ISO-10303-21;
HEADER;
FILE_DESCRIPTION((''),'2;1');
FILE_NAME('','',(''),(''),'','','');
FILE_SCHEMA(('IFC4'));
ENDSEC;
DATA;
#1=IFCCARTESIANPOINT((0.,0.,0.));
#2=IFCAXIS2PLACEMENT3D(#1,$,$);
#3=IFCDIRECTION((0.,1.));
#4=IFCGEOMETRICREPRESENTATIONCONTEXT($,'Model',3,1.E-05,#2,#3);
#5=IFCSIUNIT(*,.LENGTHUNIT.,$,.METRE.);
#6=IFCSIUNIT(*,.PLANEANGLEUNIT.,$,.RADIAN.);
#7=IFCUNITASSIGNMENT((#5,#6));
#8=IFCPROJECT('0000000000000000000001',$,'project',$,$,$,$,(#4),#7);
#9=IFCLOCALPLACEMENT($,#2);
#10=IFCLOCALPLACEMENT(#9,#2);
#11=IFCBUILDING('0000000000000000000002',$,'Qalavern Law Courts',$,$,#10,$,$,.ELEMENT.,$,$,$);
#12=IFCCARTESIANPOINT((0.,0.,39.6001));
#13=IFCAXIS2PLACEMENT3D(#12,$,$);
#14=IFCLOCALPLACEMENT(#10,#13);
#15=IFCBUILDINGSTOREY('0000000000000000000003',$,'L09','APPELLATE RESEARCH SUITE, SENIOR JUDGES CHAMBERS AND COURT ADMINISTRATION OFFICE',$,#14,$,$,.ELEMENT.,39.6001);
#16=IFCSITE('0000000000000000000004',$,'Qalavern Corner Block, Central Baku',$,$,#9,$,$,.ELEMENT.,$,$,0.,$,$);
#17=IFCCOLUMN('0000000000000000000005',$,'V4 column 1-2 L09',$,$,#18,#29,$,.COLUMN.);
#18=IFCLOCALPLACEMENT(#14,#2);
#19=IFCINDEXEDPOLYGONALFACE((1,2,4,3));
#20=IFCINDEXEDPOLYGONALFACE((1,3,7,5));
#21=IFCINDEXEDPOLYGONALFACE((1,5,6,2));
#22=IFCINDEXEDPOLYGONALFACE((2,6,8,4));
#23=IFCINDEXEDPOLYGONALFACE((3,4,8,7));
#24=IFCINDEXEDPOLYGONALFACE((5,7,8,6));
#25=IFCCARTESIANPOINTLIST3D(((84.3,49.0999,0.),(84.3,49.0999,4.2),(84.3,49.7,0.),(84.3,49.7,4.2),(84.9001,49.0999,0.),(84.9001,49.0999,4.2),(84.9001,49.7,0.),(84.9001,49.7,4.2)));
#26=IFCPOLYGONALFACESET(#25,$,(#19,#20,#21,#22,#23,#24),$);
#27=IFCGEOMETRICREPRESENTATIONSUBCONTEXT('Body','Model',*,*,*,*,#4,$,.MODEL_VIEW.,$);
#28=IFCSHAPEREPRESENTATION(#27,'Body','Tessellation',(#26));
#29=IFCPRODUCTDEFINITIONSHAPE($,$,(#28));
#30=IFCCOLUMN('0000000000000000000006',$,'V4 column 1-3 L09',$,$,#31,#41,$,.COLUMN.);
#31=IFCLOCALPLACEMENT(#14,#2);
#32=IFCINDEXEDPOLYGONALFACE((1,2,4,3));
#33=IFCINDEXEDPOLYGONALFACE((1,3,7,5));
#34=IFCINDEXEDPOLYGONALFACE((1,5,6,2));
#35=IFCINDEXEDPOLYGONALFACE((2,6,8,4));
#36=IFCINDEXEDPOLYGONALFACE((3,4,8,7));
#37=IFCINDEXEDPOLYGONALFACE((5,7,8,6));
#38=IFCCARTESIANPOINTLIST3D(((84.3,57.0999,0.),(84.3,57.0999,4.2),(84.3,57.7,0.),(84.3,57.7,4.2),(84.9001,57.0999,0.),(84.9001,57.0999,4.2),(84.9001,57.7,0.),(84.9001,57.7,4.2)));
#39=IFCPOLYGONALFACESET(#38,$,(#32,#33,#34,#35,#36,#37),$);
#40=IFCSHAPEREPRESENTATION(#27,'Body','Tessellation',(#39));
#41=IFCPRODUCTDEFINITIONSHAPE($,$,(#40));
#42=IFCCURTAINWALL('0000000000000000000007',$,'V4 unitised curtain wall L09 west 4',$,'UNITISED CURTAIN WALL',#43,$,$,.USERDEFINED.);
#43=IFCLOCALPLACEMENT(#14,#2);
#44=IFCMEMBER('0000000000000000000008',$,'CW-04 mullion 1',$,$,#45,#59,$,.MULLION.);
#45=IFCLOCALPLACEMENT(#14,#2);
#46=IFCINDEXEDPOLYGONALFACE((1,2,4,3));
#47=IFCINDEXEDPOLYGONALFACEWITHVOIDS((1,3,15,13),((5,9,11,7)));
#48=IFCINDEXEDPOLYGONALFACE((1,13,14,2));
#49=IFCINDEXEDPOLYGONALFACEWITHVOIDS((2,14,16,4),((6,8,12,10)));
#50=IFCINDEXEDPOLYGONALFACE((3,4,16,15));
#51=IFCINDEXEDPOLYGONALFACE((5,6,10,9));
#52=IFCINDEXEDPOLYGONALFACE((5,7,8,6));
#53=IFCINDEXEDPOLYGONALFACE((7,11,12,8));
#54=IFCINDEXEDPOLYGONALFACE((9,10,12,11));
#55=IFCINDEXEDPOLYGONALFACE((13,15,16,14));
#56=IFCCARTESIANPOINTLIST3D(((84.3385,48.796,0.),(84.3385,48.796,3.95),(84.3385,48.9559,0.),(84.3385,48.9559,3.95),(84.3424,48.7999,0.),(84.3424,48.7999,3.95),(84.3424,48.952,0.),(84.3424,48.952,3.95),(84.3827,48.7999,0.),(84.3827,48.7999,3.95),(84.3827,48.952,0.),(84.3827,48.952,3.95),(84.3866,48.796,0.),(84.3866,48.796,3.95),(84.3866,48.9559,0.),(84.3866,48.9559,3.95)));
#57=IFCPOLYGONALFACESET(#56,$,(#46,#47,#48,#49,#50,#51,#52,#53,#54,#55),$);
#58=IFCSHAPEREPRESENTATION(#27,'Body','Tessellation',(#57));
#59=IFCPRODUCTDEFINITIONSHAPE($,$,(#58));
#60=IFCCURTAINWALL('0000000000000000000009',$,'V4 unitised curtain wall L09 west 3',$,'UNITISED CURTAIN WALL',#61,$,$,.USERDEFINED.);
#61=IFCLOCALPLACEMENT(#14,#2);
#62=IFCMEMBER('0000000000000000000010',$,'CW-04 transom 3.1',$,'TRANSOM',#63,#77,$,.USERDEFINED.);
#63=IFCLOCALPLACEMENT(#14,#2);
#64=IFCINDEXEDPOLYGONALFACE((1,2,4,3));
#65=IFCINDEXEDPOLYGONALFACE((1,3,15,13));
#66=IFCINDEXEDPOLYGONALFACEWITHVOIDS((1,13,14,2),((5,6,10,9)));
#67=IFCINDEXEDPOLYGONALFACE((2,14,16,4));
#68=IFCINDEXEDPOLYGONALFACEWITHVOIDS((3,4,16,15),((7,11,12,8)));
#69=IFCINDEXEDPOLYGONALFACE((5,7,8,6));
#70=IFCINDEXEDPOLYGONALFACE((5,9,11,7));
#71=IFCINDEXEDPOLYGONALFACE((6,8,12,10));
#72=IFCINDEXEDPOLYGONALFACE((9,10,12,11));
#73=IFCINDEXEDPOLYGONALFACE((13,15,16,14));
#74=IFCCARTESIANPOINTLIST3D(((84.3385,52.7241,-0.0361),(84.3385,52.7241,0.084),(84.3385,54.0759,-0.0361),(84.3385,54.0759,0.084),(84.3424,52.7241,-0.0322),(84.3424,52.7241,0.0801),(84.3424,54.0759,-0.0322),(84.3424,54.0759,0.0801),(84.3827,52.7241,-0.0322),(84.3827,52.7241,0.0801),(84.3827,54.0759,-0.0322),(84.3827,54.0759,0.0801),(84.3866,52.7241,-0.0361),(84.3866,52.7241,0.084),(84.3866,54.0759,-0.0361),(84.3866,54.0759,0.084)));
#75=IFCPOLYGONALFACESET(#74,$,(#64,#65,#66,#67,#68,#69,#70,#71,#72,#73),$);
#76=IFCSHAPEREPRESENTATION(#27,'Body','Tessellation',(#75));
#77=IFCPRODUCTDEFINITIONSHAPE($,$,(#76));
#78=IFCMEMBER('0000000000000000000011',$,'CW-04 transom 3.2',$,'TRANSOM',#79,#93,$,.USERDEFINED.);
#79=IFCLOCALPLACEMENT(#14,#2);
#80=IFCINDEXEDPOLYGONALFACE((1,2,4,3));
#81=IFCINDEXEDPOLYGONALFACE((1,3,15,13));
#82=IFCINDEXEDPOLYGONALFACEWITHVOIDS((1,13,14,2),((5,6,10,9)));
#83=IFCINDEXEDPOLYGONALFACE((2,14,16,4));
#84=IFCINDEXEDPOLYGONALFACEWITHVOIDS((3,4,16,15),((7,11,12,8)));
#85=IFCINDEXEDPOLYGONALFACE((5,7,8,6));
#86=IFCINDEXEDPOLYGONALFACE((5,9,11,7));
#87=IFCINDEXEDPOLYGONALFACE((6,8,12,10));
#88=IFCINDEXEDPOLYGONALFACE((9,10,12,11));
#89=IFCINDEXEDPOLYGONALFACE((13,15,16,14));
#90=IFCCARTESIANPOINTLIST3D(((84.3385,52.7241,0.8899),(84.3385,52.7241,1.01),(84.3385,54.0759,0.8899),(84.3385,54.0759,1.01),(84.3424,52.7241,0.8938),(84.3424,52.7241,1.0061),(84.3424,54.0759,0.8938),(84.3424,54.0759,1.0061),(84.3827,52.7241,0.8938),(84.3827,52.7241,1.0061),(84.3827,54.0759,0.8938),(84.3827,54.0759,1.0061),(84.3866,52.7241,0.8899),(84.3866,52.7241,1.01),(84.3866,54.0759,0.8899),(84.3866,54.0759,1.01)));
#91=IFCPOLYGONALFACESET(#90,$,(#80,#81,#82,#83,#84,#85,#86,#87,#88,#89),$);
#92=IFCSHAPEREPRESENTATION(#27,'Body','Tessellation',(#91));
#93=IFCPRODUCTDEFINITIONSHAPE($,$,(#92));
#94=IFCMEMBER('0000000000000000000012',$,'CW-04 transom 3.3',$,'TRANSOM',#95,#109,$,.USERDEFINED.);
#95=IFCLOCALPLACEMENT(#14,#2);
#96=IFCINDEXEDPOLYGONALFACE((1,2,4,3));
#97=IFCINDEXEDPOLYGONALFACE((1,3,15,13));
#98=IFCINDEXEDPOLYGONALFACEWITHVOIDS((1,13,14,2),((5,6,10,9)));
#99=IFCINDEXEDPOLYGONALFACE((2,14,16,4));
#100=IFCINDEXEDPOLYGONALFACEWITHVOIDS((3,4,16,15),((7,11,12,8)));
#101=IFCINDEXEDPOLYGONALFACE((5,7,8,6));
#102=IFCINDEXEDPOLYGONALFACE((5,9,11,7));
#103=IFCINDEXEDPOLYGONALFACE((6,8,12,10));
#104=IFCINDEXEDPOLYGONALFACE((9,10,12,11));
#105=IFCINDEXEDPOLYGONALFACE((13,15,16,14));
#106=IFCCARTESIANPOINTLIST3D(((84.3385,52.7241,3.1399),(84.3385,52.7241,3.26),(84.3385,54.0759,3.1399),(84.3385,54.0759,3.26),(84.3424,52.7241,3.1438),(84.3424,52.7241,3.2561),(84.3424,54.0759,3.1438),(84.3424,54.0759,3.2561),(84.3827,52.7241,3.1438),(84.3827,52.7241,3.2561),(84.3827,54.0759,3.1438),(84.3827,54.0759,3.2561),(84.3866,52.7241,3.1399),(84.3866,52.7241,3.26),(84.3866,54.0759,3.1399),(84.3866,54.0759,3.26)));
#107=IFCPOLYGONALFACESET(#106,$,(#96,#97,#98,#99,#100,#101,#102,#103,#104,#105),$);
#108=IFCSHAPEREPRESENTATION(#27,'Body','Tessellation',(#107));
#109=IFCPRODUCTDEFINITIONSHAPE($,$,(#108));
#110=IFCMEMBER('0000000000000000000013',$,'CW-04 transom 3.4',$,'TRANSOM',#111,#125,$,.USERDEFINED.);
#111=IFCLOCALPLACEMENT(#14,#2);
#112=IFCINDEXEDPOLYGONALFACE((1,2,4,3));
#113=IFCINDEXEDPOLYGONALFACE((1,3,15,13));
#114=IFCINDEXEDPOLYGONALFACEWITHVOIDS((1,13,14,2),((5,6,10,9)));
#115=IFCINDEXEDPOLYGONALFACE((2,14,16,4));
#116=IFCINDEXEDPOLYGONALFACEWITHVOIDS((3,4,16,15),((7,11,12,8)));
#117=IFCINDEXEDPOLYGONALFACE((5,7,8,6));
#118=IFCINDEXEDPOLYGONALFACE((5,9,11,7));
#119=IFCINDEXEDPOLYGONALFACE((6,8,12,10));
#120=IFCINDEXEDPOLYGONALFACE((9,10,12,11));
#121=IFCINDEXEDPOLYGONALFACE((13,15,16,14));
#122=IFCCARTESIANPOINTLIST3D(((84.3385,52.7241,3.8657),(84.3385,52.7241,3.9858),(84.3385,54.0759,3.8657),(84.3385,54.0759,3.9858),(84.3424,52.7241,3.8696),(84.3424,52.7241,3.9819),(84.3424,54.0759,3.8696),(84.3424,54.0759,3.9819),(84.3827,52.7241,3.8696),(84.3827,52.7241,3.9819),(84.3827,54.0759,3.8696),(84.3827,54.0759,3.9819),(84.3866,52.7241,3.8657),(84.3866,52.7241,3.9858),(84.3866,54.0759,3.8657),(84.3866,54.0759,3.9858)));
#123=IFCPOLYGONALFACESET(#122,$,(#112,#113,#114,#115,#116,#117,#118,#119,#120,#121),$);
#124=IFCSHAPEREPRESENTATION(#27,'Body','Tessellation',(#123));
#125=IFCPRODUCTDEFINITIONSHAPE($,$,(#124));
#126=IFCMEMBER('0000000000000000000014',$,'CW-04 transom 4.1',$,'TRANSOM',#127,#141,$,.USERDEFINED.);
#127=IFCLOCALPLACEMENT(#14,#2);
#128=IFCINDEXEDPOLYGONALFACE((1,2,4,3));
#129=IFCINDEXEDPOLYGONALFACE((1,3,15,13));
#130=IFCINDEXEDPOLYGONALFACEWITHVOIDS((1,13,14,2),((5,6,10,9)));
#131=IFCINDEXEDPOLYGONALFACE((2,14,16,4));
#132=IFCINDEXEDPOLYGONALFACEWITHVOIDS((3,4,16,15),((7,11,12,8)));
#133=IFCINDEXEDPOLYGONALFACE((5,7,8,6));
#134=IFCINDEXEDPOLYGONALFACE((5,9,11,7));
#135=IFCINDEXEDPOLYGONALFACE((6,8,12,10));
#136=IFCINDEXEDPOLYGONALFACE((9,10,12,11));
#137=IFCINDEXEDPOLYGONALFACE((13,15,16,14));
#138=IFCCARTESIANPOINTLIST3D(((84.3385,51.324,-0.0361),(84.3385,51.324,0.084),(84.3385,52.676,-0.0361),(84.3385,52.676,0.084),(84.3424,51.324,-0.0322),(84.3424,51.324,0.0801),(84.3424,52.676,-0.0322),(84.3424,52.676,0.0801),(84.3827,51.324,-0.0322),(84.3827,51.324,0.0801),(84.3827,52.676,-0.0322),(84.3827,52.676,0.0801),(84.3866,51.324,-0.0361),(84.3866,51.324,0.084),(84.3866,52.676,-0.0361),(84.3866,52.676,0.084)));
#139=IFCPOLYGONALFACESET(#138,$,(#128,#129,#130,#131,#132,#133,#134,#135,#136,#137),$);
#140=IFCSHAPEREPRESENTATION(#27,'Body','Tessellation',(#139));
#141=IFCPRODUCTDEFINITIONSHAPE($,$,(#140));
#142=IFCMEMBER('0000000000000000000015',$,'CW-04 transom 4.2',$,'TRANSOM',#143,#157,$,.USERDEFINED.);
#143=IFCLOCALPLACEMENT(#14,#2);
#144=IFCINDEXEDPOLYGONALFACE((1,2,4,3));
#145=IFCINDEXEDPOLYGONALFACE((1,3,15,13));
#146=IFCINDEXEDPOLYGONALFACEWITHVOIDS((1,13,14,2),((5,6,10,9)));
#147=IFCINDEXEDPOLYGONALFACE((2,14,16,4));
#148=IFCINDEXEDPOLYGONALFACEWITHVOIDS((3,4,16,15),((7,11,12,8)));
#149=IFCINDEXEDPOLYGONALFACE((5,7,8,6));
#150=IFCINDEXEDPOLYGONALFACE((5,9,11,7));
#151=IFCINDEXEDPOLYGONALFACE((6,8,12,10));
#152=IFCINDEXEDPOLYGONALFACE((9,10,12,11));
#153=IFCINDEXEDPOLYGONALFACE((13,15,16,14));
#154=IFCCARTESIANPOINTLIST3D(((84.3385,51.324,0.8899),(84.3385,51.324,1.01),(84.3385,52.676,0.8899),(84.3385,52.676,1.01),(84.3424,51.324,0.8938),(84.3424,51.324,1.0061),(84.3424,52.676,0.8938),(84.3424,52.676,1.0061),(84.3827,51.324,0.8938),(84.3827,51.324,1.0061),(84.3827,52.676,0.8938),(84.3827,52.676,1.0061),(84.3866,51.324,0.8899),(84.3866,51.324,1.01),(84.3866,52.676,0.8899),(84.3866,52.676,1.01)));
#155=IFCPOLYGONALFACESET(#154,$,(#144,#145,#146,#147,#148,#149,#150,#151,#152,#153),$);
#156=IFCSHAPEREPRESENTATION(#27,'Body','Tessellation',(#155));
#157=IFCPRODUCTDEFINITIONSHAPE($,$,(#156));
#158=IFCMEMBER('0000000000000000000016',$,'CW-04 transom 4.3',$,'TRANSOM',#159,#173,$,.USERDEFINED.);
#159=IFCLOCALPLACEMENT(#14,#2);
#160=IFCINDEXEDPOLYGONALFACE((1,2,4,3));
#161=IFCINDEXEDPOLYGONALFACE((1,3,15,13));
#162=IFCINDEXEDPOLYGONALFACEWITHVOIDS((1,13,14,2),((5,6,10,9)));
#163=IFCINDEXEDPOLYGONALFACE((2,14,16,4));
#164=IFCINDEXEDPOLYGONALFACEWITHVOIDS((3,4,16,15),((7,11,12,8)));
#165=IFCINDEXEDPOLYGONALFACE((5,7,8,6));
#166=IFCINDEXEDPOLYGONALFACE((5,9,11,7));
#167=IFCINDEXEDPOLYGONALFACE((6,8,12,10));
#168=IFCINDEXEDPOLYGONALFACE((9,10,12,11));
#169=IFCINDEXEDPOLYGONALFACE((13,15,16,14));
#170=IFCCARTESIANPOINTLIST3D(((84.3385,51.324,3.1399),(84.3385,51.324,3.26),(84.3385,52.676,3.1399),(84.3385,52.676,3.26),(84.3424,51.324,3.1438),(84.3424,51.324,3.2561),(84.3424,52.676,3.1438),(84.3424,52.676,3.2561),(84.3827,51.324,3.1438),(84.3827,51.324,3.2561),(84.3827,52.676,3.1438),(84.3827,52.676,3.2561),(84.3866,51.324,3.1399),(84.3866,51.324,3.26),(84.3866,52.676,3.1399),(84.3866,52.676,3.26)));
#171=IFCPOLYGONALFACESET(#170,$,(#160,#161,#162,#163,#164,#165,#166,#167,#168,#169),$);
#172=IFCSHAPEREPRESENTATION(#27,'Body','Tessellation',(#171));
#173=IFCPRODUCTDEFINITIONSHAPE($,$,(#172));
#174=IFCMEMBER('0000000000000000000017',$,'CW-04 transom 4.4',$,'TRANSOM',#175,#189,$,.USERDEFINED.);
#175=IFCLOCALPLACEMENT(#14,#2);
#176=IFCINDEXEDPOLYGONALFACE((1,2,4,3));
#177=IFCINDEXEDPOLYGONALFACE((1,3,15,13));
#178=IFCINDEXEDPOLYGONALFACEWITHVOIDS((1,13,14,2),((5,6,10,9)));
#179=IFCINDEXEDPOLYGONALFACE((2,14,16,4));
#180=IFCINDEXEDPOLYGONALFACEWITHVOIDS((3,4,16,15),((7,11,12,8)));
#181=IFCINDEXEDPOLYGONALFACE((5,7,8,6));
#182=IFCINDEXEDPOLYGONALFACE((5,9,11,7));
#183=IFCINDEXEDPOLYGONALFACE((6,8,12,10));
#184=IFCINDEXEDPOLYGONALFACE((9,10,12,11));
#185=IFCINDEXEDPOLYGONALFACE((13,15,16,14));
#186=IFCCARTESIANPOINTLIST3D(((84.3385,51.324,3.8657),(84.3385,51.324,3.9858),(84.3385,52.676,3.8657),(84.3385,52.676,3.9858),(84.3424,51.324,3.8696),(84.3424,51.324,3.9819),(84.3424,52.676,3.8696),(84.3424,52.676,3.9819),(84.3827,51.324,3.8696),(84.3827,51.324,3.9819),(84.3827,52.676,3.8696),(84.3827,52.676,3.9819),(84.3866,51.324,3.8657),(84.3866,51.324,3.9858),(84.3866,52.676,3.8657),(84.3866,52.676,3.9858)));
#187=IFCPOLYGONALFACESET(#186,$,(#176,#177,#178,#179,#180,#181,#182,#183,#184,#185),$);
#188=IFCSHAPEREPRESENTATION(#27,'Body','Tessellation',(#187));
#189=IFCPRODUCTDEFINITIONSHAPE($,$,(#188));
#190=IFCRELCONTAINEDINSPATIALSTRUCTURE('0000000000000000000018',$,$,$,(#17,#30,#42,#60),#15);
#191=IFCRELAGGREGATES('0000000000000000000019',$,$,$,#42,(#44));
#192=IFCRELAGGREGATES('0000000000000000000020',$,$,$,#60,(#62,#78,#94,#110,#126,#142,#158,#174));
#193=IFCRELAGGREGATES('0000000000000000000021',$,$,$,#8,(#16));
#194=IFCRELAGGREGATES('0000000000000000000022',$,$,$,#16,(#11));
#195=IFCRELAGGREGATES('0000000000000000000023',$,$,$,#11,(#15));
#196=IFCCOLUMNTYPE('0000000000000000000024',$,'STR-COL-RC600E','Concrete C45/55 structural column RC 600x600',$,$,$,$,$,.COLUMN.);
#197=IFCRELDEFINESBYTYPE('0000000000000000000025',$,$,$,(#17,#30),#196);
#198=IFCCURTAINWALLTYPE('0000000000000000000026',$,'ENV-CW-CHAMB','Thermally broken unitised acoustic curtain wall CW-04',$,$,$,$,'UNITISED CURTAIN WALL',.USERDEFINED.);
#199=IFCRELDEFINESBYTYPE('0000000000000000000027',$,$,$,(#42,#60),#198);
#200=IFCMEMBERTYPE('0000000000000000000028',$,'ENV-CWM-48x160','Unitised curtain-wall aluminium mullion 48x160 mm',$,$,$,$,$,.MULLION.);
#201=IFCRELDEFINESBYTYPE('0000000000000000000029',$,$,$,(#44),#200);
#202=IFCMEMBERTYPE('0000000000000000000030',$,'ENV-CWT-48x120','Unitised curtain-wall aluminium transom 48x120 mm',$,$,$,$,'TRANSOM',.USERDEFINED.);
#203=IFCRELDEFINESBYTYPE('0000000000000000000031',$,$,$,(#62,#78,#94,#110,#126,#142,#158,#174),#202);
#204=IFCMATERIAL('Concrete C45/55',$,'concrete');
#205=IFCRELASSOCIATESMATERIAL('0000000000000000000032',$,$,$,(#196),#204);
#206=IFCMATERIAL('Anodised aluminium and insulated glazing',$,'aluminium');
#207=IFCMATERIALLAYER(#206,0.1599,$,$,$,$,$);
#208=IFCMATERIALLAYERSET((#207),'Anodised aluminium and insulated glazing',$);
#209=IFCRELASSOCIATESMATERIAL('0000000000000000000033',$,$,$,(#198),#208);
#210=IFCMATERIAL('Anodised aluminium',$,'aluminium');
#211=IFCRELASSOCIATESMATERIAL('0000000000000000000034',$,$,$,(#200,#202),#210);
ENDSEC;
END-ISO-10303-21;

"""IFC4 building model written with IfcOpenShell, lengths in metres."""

from ifc_helpers import new_model, si_unit, direction, frame, origin, origin_2d, place, context, subcontext, project, spatial, rectangle, hollow_rectangle, extrude, material, layer, layer_set, material_profile, profile_set, type_object, element, aggregate, save


model = new_model("IFC4")

# Units and contexts
model_context = context("Model", 3, precision=1e-05, world=origin(), true_north=direction((0.0, 1.0)))
body_context = subcontext(model_context, "Body", "Model", "MODEL_VIEW")
ifc_project = project(units=[si_unit("LENGTHUNIT", "METRE"), si_unit("PLANEANGLEUNIT", "RADIAN")], contexts=[model_context])

# Site, building, storey
site_placement = place(None, origin())
site = spatial("IfcSite", under=ifc_project, at=site_placement, Name="Qalavern Corner Block, Central Baku", CompositionType="ELEMENT", RefElevation=0.0)
building_placement = place(site_placement, origin())
building = spatial("IfcBuilding", under=site, at=building_placement, Name="Qalavern Law Courts", CompositionType="ELEMENT")
storey_placement = place(building_placement, frame((0.0, 0.0, 39.6001)))
storey = spatial("IfcBuildingStorey", under=building, at=storey_placement, Name="L09", Description="APPELLATE RESEARCH SUITE, SENIOR JUDGES CHAMBERS AND COURT ADMINISTRATION OFFICE", CompositionType="ELEMENT", Elevation=39.6001)

# Columns
ifc_material_1 = material(Name="Concrete C45/55", Category="concrete")
ifc_material_profile_1 = material_profile(ifc_material_1, rectangle(XDim=0.6001, YDim=0.6001, at=origin_2d()), Name="RC 600x600")
ifc_profile_set_1 = profile_set([ifc_material_profile_1], Name="Concrete C45/55")
column_type = type_object("IfcColumnType", Name="STR-COL-RC600E", Description="Concrete C45/55 structural column RC 600x600", PredefinedType="COLUMN", material=ifc_profile_set_1)
for number, where, z_axis, x_axis, name in (
    (1, (84.6001, 49.3999, 0.0), (0.0, 0.0, 1.0), (1.0, 0.0, 0.0), "V4 column 1-2 L09"),
    (2, (84.6001, 57.3999, 0.0), (0.0, 0.0, 1.0), (1.0, 0.0, 0.0), "V4 column 1-3 L09"),
):
    element("IfcColumn", number, at=place(storey_placement, frame(where, z_axis=z_axis, x_axis=x_axis)), inside=storey, type_object=column_type, Name=name, PredefinedType="COLUMN", context=body_context, shape_type="SweptSolid", body=[
        extrude(rectangle(XDim=0.6001, YDim=0.6001, at=origin_2d()), origin(), (0.0, 0.0, 1.0), 4.2),
    ])

# Curtain wall, member
ifc_material_2 = material(Name="Anodised aluminium and insulated glazing", Category="aluminium")
ifc_layer_1 = layer(ifc_material_2, 0.1599)
ifc_layer_set_1 = layer_set([ifc_layer_1], Name="Anodised aluminium and insulated glazing")
curtain_wall_type = type_object("IfcCurtainWallType", Name="ENV-CW-CHAMB", Description="Thermally broken unitised acoustic curtain wall CW-04", ElementType="UNITISED CURTAIN WALL", PredefinedType="USERDEFINED", material=ifc_layer_set_1)
curtain_wall_1_placement = place(storey_placement, origin())
curtain_wall_1 = element("IfcCurtainWall", 3, at=curtain_wall_1_placement, inside=storey, type_object=curtain_wall_type, Name="V4 unitised curtain wall L09 west 4", ObjectType="UNITISED CURTAIN WALL", PredefinedType="USERDEFINED")
ifc_material_3 = material(Name="Anodised aluminium", Category="aluminium")
ifc_material_profile_2 = material_profile(ifc_material_3, hollow_rectangle(XDim=0.0481, YDim=0.1599, WallThickness=0.0039, at=origin_2d()), Name="ALU MULLION 48x160")
ifc_profile_set_2 = profile_set([ifc_material_profile_2], Name="Anodised aluminium")
member_type_1 = type_object("IfcMemberType", Name="ENV-CWM-48x160", Description="Unitised curtain-wall aluminium mullion 48x160 mm", PredefinedType="MULLION", material=ifc_profile_set_2)
member_1_placement = place(storey_placement, frame((84.3625, 48.876, 0.0), z_axis=(0.0, 0.0, 1.0), x_axis=(1.0, 0.0, 0.0)))
member_1 = element("IfcMember", 4, at=member_1_placement, type_object=member_type_1, Name="CW-04 mullion 1", PredefinedType="MULLION", context=body_context, shape_type="SweptSolid", body=[
    extrude(hollow_rectangle(XDim=0.0481, YDim=0.1599, WallThickness=0.0039, at=origin_2d()), origin(), (0.0, 0.0, 1.0), 3.95),
])

# Curtain wall, members
curtain_wall_2_placement = place(storey_placement, origin())
curtain_wall_2 = element("IfcCurtainWall", 5, at=curtain_wall_2_placement, inside=storey, type_object=curtain_wall_type, Name="V4 unitised curtain wall L09 west 3", ObjectType="UNITISED CURTAIN WALL", PredefinedType="USERDEFINED")
ifc_material_profile_3 = material_profile(ifc_material_3, hollow_rectangle(XDim=0.0481, YDim=0.1201, WallThickness=0.0039, at=origin_2d()), Name="ALU TRANSOM 48x120")
ifc_profile_set_3 = profile_set([ifc_material_profile_3], Name="Anodised aluminium")
member_type_2 = type_object("IfcMemberType", Name="ENV-CWT-48x120", Description="Unitised curtain-wall aluminium transom 48x120 mm", ElementType="TRANSOM", PredefinedType="USERDEFINED", material=ifc_profile_set_3)
member_2_placement = place(storey_placement, frame((84.3625, 54.0759, 0.0239), z_axis=(0.0, -1.0, 0.0), x_axis=(1.0, 0.0, 0.0)))
member_2 = element("IfcMember", 6, at=member_2_placement, type_object=member_type_2, Name="CW-04 transom 3.1", ObjectType="TRANSOM", PredefinedType="USERDEFINED", context=body_context, shape_type="SweptSolid", body=[
    extrude(hollow_rectangle(XDim=0.0481, YDim=0.1201, WallThickness=0.0039, at=origin_2d()), origin(), (0.0, 0.0, 1.0), 1.3518),
])
member_3_placement = place(storey_placement, frame((84.3625, 54.0759, 0.95), z_axis=(0.0, -1.0, 0.0), x_axis=(1.0, 0.0, 0.0)))
member_3 = element("IfcMember", 7, at=member_3_placement, type_object=member_type_2, Name="CW-04 transom 3.2", ObjectType="TRANSOM", PredefinedType="USERDEFINED", context=body_context, shape_type="SweptSolid", body=[
    extrude(hollow_rectangle(XDim=0.0481, YDim=0.1201, WallThickness=0.0039, at=origin_2d()), origin(), (0.0, 0.0, 1.0), 1.3518),
])
member_4_placement = place(storey_placement, frame((84.3625, 54.0759, 3.2), z_axis=(0.0, -1.0, 0.0), x_axis=(1.0, 0.0, 0.0)))
member_4 = element("IfcMember", 8, at=member_4_placement, type_object=member_type_2, Name="CW-04 transom 3.3", ObjectType="TRANSOM", PredefinedType="USERDEFINED", context=body_context, shape_type="SweptSolid", body=[
    extrude(hollow_rectangle(XDim=0.0481, YDim=0.1201, WallThickness=0.0039, at=origin_2d()), origin(), (0.0, 0.0, 1.0), 1.3518),
])
member_5_placement = place(storey_placement, frame((84.3625, 54.0759, 3.9258), z_axis=(0.0, -1.0, 0.0), x_axis=(1.0, 0.0, 0.0)))
member_5 = element("IfcMember", 9, at=member_5_placement, type_object=member_type_2, Name="CW-04 transom 3.4", ObjectType="TRANSOM", PredefinedType="USERDEFINED", context=body_context, shape_type="SweptSolid", body=[
    extrude(hollow_rectangle(XDim=0.0481, YDim=0.1201, WallThickness=0.0039, at=origin_2d()), origin(), (0.0, 0.0, 1.0), 1.3518),
])
member_6_placement = place(storey_placement, frame((84.3625, 52.676, 0.0239), z_axis=(0.0, -1.0, 0.0), x_axis=(1.0, 0.0, 0.0)))
member_6 = element("IfcMember", 10, at=member_6_placement, type_object=member_type_2, Name="CW-04 transom 4.1", ObjectType="TRANSOM", PredefinedType="USERDEFINED", context=body_context, shape_type="SweptSolid", body=[
    extrude(hollow_rectangle(XDim=0.0481, YDim=0.1201, WallThickness=0.0039, at=origin_2d()), origin(), (0.0, 0.0, 1.0), 1.3521),
])
member_7_placement = place(storey_placement, frame((84.3625, 52.676, 0.95), z_axis=(0.0, -1.0, 0.0), x_axis=(1.0, 0.0, 0.0)))
member_7 = element("IfcMember", 11, at=member_7_placement, type_object=member_type_2, Name="CW-04 transom 4.2", ObjectType="TRANSOM", PredefinedType="USERDEFINED", context=body_context, shape_type="SweptSolid", body=[
    extrude(hollow_rectangle(XDim=0.0481, YDim=0.1201, WallThickness=0.0039, at=origin_2d()), origin(), (0.0, 0.0, 1.0), 1.3521),
])
member_8_placement = place(storey_placement, frame((84.3625, 52.676, 3.2), z_axis=(0.0, -1.0, 0.0), x_axis=(1.0, 0.0, 0.0)))
member_8 = element("IfcMember", 12, at=member_8_placement, type_object=member_type_2, Name="CW-04 transom 4.3", ObjectType="TRANSOM", PredefinedType="USERDEFINED", context=body_context, shape_type="SweptSolid", body=[
    extrude(hollow_rectangle(XDim=0.0481, YDim=0.1201, WallThickness=0.0039, at=origin_2d()), origin(), (0.0, 0.0, 1.0), 1.3521),
])
member_9_placement = place(storey_placement, frame((84.3625, 52.676, 3.9258), z_axis=(0.0, -1.0, 0.0), x_axis=(1.0, 0.0, 0.0)))
member_9 = element("IfcMember", 13, at=member_9_placement, type_object=member_type_2, Name="CW-04 transom 4.4", ObjectType="TRANSOM", PredefinedType="USERDEFINED", context=body_context, shape_type="SweptSolid", body=[
    extrude(hollow_rectangle(XDim=0.0481, YDim=0.1201, WallThickness=0.0039, at=origin_2d()), origin(), (0.0, 0.0, 1.0), 1.3521),
])

aggregate(curtain_wall_1, [member_1])
aggregate(curtain_wall_2, [member_2, member_3, member_4, member_5, member_6, member_7, member_8, member_9])

save(model, "model.ifc")
